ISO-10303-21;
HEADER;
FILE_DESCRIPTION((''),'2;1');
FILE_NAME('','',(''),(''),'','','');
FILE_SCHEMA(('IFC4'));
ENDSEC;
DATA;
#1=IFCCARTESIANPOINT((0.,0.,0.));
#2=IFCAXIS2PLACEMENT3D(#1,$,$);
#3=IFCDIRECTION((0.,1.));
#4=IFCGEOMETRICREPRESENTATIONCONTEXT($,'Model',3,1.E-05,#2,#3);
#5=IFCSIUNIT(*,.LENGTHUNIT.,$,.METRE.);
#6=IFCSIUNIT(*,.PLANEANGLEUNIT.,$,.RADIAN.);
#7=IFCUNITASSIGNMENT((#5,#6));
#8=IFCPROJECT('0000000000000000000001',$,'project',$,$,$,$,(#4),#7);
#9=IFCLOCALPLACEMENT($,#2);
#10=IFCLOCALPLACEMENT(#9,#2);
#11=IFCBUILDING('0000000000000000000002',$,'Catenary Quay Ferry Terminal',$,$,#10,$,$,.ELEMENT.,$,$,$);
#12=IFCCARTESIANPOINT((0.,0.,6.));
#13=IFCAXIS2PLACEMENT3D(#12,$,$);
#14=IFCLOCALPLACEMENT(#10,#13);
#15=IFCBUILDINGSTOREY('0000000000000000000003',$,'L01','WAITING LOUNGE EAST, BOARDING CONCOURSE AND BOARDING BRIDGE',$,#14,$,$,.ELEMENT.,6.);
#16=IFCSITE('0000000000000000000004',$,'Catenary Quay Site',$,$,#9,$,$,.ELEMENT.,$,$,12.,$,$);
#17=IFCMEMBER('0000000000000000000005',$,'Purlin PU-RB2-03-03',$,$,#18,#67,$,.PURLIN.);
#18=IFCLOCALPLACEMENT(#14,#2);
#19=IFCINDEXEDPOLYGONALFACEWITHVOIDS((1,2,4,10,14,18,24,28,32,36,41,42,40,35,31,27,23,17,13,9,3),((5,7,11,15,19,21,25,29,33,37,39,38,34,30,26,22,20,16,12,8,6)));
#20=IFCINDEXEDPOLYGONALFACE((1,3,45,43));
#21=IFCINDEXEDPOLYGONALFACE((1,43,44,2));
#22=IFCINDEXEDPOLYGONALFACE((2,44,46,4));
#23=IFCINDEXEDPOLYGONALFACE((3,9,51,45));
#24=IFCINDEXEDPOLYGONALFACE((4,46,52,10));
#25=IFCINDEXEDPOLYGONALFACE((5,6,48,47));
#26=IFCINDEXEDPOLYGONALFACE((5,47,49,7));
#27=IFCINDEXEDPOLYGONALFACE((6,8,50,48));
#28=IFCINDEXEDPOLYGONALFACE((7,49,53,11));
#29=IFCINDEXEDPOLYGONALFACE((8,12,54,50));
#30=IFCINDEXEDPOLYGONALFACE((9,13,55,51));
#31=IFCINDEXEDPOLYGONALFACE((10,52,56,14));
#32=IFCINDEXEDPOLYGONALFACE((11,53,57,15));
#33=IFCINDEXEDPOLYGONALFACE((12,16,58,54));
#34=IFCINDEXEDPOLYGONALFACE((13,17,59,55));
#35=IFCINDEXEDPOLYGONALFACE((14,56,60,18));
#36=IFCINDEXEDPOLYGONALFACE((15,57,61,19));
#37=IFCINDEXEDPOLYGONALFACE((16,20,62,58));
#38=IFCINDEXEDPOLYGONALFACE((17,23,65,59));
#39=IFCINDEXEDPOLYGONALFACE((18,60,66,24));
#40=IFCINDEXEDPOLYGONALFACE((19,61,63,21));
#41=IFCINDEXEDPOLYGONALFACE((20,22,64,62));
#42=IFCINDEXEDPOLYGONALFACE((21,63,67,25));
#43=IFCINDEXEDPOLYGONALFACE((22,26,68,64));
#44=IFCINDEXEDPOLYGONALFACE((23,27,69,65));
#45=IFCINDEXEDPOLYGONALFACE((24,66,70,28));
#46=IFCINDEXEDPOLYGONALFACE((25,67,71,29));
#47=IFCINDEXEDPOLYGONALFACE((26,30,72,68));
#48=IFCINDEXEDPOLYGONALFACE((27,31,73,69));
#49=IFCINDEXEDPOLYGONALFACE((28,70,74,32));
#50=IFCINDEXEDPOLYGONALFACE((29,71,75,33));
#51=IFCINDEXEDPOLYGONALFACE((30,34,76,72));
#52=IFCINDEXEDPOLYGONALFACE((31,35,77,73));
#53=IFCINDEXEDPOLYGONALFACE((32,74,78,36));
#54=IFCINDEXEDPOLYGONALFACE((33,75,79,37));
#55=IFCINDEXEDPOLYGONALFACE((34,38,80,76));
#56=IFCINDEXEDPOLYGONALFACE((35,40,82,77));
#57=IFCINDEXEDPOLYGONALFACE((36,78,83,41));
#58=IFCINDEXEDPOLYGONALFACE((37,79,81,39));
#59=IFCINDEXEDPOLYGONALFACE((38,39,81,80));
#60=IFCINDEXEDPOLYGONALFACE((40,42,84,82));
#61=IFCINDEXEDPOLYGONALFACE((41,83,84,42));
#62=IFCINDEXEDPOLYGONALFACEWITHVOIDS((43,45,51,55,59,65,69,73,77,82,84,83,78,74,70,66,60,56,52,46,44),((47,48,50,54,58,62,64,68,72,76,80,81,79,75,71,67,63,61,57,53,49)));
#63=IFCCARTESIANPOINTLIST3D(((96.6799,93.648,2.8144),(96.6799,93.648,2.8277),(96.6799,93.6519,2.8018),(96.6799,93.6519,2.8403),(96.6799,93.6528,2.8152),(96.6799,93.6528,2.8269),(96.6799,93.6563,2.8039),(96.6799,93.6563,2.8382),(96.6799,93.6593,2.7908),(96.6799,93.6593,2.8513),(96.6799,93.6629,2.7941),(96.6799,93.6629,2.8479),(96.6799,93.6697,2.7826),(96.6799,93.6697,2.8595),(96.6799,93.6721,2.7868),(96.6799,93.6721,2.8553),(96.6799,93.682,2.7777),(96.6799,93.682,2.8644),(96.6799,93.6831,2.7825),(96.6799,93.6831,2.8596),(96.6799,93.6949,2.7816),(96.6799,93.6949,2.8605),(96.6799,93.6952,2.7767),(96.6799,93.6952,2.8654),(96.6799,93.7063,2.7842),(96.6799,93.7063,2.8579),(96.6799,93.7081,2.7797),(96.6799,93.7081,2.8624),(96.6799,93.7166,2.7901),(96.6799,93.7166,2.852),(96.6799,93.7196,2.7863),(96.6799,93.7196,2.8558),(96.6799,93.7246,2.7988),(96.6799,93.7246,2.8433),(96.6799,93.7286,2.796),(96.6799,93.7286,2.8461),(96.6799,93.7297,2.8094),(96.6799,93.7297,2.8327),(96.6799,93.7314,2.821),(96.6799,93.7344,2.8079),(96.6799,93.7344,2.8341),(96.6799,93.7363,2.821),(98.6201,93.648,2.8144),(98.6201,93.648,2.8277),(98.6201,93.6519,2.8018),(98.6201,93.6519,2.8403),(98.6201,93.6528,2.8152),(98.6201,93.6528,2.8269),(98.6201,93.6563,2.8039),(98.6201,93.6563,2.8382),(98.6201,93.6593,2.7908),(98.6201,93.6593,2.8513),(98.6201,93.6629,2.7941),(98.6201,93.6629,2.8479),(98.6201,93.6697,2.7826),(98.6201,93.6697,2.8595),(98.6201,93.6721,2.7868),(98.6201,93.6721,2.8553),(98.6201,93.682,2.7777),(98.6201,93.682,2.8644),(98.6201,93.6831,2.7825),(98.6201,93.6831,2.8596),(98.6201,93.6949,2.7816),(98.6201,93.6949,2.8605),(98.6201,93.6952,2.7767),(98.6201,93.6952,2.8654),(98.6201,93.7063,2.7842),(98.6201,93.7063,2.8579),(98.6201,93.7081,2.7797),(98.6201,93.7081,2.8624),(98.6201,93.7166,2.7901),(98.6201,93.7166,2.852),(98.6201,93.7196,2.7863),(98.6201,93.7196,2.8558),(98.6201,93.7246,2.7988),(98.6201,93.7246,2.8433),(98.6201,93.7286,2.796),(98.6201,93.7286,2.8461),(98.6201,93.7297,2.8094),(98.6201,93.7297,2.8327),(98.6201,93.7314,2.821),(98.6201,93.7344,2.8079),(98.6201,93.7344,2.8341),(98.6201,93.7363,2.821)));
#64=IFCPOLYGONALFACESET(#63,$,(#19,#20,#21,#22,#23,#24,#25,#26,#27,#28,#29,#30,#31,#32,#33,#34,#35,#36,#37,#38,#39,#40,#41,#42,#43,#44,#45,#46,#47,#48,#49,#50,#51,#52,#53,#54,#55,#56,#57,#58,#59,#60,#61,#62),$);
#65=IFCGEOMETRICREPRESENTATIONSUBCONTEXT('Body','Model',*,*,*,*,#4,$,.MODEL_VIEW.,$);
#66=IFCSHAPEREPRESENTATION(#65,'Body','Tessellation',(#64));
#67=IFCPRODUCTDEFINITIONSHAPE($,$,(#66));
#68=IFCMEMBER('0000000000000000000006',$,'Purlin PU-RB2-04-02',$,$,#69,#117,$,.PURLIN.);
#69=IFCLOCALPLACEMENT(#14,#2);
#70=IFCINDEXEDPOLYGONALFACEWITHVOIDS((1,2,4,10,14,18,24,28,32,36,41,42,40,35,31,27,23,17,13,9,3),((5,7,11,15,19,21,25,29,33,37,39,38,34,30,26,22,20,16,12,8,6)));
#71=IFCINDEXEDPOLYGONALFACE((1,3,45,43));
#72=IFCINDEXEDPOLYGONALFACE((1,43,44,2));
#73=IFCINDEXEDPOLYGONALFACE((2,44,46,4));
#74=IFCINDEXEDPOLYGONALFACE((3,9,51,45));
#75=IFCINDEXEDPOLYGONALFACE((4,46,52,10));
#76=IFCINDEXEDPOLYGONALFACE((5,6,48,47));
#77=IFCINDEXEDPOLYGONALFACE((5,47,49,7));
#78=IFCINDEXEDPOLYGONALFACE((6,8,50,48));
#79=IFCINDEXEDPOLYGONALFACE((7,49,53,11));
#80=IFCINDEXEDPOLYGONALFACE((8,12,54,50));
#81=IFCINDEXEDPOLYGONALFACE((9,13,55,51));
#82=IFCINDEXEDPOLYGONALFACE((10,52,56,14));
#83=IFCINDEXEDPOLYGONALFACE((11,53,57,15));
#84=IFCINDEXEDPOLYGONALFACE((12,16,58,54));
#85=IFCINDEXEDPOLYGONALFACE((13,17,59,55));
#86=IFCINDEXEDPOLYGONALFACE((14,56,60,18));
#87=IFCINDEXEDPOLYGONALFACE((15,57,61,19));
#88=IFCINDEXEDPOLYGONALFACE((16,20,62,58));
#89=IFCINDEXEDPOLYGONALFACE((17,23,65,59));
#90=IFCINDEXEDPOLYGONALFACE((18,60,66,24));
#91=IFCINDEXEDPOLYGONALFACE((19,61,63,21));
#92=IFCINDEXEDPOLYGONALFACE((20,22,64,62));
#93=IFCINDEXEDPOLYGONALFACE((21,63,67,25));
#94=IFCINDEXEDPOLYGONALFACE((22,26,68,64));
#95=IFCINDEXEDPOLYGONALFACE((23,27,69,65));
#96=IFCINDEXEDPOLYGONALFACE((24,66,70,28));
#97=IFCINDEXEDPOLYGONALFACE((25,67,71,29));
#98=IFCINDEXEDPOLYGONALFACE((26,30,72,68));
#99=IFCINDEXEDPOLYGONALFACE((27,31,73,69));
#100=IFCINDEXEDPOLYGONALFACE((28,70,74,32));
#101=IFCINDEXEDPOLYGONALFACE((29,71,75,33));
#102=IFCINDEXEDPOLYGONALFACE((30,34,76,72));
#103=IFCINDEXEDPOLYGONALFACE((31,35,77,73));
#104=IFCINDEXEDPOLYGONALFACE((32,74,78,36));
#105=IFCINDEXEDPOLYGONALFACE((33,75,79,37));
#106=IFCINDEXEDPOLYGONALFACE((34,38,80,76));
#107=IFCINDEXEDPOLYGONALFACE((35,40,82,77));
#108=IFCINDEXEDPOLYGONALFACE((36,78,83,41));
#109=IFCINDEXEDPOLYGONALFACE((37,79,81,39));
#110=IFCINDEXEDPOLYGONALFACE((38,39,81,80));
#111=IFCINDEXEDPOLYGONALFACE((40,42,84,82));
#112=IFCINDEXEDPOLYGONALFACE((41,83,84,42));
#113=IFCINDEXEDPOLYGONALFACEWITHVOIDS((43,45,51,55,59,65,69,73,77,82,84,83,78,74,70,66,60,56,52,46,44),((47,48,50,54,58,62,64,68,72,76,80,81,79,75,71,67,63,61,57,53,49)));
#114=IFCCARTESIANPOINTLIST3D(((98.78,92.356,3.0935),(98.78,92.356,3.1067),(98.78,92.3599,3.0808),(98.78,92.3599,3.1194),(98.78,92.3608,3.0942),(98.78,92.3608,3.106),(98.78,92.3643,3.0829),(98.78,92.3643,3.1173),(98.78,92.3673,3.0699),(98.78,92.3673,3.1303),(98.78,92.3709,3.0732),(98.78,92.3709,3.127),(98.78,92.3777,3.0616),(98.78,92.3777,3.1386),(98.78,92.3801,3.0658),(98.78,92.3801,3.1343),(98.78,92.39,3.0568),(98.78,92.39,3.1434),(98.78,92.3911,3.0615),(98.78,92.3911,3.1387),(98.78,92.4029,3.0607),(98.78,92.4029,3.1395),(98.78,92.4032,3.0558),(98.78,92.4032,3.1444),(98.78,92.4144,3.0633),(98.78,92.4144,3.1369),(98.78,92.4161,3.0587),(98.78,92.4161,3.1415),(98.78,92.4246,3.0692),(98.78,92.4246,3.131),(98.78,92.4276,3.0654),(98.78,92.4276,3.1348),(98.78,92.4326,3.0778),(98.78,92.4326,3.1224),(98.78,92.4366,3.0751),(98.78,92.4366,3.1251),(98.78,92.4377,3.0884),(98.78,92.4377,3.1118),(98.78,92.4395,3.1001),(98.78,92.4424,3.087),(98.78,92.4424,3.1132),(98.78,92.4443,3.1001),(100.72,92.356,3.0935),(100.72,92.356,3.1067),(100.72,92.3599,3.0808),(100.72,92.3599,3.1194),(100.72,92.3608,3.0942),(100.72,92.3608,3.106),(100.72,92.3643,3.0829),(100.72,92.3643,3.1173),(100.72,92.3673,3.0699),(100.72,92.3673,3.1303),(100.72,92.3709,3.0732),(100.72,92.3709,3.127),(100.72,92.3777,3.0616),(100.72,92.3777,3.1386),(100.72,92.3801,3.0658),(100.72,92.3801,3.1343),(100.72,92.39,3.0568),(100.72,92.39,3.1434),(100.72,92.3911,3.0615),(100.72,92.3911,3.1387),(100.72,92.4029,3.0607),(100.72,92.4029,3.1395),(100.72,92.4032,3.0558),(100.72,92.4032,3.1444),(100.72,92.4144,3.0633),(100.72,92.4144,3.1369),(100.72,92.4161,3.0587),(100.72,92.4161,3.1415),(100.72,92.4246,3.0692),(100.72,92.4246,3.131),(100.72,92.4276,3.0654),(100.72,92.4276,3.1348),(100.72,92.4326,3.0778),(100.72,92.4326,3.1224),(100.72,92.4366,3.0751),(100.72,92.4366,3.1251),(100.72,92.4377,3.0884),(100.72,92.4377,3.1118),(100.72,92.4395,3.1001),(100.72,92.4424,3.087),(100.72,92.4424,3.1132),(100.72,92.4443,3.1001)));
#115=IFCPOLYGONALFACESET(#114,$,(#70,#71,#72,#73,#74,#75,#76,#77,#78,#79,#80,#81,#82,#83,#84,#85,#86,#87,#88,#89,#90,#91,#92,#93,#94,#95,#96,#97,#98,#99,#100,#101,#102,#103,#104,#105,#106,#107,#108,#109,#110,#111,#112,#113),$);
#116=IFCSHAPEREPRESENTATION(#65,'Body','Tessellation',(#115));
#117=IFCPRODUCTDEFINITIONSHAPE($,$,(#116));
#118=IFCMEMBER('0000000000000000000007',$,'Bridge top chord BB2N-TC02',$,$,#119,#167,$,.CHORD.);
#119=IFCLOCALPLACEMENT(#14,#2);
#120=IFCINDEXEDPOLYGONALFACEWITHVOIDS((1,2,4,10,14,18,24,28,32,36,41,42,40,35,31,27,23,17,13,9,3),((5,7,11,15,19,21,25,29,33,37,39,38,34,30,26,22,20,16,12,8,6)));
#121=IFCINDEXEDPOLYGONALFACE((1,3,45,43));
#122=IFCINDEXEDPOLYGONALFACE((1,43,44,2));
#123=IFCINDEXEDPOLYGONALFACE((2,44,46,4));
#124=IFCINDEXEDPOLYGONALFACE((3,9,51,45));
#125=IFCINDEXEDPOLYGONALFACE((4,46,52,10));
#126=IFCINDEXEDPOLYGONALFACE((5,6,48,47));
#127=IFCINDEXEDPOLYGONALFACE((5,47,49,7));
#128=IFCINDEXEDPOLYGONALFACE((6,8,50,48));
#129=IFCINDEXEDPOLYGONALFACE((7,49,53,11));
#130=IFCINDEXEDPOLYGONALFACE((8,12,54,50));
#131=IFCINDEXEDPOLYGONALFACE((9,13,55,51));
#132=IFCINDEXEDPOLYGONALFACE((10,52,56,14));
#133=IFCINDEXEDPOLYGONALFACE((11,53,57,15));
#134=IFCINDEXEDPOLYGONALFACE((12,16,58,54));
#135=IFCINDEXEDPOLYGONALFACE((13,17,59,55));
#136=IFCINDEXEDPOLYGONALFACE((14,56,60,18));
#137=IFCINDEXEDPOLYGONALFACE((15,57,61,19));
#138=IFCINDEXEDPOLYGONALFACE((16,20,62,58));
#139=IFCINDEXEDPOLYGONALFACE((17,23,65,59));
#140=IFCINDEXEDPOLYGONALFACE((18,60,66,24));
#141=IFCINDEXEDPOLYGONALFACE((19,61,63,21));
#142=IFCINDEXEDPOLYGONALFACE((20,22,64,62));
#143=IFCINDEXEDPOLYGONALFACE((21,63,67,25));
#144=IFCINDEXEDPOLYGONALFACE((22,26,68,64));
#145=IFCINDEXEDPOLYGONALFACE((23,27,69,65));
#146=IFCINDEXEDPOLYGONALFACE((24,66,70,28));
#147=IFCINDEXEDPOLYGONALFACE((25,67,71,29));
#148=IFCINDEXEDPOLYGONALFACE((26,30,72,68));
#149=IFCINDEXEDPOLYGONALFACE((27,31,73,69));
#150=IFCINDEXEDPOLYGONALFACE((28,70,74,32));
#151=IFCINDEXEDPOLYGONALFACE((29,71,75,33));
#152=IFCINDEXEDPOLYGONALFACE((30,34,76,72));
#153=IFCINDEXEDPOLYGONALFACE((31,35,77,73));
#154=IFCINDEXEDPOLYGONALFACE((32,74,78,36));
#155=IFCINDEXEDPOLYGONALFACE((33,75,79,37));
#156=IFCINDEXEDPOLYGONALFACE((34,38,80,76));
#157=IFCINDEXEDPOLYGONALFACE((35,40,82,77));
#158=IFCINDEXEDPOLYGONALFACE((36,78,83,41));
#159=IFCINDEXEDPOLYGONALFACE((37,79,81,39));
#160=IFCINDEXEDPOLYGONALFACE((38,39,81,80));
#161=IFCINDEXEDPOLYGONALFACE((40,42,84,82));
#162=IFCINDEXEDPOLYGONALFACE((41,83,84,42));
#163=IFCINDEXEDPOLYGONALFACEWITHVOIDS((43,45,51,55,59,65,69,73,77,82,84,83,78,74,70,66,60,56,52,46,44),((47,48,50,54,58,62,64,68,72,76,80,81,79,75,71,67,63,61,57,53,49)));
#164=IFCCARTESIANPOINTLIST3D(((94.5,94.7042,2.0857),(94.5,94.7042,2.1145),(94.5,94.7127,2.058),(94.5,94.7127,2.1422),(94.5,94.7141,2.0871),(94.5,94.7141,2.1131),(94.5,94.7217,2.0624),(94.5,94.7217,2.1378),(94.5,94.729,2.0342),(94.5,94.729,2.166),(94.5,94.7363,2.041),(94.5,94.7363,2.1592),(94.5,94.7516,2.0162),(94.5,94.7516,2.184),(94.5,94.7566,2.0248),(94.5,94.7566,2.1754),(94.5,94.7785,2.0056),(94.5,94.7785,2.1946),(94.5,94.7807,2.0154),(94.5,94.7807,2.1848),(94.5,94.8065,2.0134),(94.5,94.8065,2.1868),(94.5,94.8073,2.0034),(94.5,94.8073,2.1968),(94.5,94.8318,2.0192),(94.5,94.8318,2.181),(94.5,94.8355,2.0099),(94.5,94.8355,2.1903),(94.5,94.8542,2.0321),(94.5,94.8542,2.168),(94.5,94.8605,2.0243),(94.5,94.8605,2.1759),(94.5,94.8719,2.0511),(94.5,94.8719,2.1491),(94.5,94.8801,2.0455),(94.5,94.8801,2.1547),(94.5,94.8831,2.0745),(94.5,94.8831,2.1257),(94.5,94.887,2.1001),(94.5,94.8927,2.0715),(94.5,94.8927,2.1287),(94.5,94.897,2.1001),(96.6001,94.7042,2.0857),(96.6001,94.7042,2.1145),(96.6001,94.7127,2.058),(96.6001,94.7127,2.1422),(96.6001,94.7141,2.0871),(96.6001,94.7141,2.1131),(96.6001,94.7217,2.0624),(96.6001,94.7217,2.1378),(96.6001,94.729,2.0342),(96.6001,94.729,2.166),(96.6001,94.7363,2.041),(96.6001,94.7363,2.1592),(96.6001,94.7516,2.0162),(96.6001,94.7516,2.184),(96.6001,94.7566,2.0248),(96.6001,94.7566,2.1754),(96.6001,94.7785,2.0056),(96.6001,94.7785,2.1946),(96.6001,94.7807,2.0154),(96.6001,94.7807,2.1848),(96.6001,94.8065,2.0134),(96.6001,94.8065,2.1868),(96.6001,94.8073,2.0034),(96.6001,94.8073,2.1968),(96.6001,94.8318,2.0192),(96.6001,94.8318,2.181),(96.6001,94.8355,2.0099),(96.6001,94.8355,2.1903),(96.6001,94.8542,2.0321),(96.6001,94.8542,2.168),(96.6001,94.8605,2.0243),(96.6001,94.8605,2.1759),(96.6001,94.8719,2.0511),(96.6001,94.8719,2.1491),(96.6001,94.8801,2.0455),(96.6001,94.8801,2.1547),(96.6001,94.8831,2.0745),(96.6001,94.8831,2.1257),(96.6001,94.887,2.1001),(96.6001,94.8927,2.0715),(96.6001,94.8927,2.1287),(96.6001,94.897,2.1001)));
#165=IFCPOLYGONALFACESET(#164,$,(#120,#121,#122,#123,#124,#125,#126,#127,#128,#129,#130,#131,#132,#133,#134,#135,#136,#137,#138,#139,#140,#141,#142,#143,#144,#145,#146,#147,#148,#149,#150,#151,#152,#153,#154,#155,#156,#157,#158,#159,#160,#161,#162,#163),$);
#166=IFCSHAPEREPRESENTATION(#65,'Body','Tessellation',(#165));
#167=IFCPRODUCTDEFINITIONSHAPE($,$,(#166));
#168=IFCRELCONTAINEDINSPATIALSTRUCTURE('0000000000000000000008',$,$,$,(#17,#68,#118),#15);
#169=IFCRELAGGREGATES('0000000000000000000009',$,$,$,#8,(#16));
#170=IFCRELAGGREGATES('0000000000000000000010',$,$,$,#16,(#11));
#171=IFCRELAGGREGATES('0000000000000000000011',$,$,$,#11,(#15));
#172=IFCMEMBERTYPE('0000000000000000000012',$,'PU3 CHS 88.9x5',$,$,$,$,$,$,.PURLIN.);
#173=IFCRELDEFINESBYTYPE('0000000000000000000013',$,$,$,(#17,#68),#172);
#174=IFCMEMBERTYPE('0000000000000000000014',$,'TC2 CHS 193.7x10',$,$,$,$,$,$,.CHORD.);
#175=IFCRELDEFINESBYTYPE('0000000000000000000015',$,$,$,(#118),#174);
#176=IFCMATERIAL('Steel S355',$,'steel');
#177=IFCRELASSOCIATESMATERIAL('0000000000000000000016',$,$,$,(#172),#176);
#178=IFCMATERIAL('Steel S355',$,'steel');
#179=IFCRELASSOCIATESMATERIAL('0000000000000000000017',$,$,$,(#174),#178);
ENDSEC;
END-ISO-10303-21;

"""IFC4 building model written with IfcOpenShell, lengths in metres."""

from ifc_helpers import new_model, si_unit, direction, frame, origin, origin_2d, place, context, subcontext, project, spatial, hollow_circle, extrude, material, material_profile, profile_set, type_object, element, save


model = new_model("IFC4")

# Units and contexts
model_context = context("Model", 3, precision=1e-05, world=origin(), true_north=direction((0.0, 1.0)))
body_context = subcontext(model_context, "Body", "Model", "MODEL_VIEW")
ifc_project = project(units=[si_unit("LENGTHUNIT", "METRE"), si_unit("PLANEANGLEUNIT", "RADIAN")], contexts=[model_context])

# Site, building, storey
site_placement = place(None, origin())
site = spatial("IfcSite", under=ifc_project, at=site_placement, Name="Catenary Quay Site", CompositionType="ELEMENT", RefElevation=12.0)
building_placement = place(site_placement, origin())
building = spatial("IfcBuilding", under=site, at=building_placement, Name="Catenary Quay Ferry Terminal", CompositionType="ELEMENT")
storey_placement = place(building_placement, frame((0.0, 0.0, 6.0)))
storey = spatial("IfcBuildingStorey", under=building, at=storey_placement, Name="L01", Description="WAITING LOUNGE EAST, BOARDING CONCOURSE AND BOARDING BRIDGE", CompositionType="ELEMENT", Elevation=6.0)

# Members
ifc_material_1 = material(Name="Steel S355", Category="steel")
ifc_material_profile_1 = material_profile(ifc_material_1, hollow_circle(Radius=0.0444, WallThickness=0.0049, at=origin_2d()), Name="CHS 88.9x5")
ifc_profile_set_1 = profile_set([ifc_material_profile_1], Name="Steel S355")
member_type_1 = type_object("IfcMemberType", Name="PU3 CHS 88.9x5", PredefinedType="PURLIN", material=ifc_profile_set_1)
for number, where, z_axis, x_axis, name in (
    (1, (96.6799, 93.6919, 2.821), (1.0, 0.0, 0.0), (0.0, 1.0, 0.0), "Purlin PU-RB2-03-03"),
):
    element("IfcMember", number, at=place(storey_placement, frame(where, z_axis=z_axis, x_axis=x_axis)), inside=storey, type_object=member_type_1, Name=name, PredefinedType="PURLIN", context=body_context, shape_type="SweptSolid", body=[
        extrude(hollow_circle(Radius=0.0444, WallThickness=0.0049, at=origin_2d()), origin(), (0.0, 0.0, 1.0), 1.9402),
    ])
member_1_placement = place(storey_placement, frame((98.78, 92.3999, 3.1001), z_axis=(1.0, 0.0, 0.0), x_axis=(0.0, 1.0, 0.0)))
element("IfcMember", 2, at=member_1_placement, inside=storey, type_object=member_type_1, Name="Purlin PU-RB2-04-02", PredefinedType="PURLIN", context=body_context, shape_type="SweptSolid", body=[
    extrude(hollow_circle(Radius=0.0444, WallThickness=0.0049, at=origin_2d()), origin(), (0.0, 0.0, 1.0), 1.9399),
])
ifc_material_2 = material(Name="Steel S355", Category="steel")
ifc_material_profile_2 = material_profile(ifc_material_2, hollow_circle(Radius=0.0969, WallThickness=0.01, at=origin_2d()), Name="CHS 193.7x10")
ifc_profile_set_2 = profile_set([ifc_material_profile_2], Name="Steel S355")
member_type_2 = type_object("IfcMemberType", Name="TC2 CHS 193.7x10", PredefinedType="CHORD", material=ifc_profile_set_2)
member_2_placement = place(storey_placement, frame((94.5, 94.8, 2.1001), z_axis=(1.0, 0.0, 0.0), x_axis=(0.0, 1.0, 0.0)))
element("IfcMember", 3, at=member_2_placement, inside=storey, type_object=member_type_2, Name="Bridge top chord BB2N-TC02", PredefinedType="CHORD", context=body_context, shape_type="SweptSolid", body=[
    extrude(hollow_circle(Radius=0.0969, WallThickness=0.01, at=origin_2d()), origin(), (0.0, 0.0, 1.0), 2.1001),
])

save(model, "model.ifc")
